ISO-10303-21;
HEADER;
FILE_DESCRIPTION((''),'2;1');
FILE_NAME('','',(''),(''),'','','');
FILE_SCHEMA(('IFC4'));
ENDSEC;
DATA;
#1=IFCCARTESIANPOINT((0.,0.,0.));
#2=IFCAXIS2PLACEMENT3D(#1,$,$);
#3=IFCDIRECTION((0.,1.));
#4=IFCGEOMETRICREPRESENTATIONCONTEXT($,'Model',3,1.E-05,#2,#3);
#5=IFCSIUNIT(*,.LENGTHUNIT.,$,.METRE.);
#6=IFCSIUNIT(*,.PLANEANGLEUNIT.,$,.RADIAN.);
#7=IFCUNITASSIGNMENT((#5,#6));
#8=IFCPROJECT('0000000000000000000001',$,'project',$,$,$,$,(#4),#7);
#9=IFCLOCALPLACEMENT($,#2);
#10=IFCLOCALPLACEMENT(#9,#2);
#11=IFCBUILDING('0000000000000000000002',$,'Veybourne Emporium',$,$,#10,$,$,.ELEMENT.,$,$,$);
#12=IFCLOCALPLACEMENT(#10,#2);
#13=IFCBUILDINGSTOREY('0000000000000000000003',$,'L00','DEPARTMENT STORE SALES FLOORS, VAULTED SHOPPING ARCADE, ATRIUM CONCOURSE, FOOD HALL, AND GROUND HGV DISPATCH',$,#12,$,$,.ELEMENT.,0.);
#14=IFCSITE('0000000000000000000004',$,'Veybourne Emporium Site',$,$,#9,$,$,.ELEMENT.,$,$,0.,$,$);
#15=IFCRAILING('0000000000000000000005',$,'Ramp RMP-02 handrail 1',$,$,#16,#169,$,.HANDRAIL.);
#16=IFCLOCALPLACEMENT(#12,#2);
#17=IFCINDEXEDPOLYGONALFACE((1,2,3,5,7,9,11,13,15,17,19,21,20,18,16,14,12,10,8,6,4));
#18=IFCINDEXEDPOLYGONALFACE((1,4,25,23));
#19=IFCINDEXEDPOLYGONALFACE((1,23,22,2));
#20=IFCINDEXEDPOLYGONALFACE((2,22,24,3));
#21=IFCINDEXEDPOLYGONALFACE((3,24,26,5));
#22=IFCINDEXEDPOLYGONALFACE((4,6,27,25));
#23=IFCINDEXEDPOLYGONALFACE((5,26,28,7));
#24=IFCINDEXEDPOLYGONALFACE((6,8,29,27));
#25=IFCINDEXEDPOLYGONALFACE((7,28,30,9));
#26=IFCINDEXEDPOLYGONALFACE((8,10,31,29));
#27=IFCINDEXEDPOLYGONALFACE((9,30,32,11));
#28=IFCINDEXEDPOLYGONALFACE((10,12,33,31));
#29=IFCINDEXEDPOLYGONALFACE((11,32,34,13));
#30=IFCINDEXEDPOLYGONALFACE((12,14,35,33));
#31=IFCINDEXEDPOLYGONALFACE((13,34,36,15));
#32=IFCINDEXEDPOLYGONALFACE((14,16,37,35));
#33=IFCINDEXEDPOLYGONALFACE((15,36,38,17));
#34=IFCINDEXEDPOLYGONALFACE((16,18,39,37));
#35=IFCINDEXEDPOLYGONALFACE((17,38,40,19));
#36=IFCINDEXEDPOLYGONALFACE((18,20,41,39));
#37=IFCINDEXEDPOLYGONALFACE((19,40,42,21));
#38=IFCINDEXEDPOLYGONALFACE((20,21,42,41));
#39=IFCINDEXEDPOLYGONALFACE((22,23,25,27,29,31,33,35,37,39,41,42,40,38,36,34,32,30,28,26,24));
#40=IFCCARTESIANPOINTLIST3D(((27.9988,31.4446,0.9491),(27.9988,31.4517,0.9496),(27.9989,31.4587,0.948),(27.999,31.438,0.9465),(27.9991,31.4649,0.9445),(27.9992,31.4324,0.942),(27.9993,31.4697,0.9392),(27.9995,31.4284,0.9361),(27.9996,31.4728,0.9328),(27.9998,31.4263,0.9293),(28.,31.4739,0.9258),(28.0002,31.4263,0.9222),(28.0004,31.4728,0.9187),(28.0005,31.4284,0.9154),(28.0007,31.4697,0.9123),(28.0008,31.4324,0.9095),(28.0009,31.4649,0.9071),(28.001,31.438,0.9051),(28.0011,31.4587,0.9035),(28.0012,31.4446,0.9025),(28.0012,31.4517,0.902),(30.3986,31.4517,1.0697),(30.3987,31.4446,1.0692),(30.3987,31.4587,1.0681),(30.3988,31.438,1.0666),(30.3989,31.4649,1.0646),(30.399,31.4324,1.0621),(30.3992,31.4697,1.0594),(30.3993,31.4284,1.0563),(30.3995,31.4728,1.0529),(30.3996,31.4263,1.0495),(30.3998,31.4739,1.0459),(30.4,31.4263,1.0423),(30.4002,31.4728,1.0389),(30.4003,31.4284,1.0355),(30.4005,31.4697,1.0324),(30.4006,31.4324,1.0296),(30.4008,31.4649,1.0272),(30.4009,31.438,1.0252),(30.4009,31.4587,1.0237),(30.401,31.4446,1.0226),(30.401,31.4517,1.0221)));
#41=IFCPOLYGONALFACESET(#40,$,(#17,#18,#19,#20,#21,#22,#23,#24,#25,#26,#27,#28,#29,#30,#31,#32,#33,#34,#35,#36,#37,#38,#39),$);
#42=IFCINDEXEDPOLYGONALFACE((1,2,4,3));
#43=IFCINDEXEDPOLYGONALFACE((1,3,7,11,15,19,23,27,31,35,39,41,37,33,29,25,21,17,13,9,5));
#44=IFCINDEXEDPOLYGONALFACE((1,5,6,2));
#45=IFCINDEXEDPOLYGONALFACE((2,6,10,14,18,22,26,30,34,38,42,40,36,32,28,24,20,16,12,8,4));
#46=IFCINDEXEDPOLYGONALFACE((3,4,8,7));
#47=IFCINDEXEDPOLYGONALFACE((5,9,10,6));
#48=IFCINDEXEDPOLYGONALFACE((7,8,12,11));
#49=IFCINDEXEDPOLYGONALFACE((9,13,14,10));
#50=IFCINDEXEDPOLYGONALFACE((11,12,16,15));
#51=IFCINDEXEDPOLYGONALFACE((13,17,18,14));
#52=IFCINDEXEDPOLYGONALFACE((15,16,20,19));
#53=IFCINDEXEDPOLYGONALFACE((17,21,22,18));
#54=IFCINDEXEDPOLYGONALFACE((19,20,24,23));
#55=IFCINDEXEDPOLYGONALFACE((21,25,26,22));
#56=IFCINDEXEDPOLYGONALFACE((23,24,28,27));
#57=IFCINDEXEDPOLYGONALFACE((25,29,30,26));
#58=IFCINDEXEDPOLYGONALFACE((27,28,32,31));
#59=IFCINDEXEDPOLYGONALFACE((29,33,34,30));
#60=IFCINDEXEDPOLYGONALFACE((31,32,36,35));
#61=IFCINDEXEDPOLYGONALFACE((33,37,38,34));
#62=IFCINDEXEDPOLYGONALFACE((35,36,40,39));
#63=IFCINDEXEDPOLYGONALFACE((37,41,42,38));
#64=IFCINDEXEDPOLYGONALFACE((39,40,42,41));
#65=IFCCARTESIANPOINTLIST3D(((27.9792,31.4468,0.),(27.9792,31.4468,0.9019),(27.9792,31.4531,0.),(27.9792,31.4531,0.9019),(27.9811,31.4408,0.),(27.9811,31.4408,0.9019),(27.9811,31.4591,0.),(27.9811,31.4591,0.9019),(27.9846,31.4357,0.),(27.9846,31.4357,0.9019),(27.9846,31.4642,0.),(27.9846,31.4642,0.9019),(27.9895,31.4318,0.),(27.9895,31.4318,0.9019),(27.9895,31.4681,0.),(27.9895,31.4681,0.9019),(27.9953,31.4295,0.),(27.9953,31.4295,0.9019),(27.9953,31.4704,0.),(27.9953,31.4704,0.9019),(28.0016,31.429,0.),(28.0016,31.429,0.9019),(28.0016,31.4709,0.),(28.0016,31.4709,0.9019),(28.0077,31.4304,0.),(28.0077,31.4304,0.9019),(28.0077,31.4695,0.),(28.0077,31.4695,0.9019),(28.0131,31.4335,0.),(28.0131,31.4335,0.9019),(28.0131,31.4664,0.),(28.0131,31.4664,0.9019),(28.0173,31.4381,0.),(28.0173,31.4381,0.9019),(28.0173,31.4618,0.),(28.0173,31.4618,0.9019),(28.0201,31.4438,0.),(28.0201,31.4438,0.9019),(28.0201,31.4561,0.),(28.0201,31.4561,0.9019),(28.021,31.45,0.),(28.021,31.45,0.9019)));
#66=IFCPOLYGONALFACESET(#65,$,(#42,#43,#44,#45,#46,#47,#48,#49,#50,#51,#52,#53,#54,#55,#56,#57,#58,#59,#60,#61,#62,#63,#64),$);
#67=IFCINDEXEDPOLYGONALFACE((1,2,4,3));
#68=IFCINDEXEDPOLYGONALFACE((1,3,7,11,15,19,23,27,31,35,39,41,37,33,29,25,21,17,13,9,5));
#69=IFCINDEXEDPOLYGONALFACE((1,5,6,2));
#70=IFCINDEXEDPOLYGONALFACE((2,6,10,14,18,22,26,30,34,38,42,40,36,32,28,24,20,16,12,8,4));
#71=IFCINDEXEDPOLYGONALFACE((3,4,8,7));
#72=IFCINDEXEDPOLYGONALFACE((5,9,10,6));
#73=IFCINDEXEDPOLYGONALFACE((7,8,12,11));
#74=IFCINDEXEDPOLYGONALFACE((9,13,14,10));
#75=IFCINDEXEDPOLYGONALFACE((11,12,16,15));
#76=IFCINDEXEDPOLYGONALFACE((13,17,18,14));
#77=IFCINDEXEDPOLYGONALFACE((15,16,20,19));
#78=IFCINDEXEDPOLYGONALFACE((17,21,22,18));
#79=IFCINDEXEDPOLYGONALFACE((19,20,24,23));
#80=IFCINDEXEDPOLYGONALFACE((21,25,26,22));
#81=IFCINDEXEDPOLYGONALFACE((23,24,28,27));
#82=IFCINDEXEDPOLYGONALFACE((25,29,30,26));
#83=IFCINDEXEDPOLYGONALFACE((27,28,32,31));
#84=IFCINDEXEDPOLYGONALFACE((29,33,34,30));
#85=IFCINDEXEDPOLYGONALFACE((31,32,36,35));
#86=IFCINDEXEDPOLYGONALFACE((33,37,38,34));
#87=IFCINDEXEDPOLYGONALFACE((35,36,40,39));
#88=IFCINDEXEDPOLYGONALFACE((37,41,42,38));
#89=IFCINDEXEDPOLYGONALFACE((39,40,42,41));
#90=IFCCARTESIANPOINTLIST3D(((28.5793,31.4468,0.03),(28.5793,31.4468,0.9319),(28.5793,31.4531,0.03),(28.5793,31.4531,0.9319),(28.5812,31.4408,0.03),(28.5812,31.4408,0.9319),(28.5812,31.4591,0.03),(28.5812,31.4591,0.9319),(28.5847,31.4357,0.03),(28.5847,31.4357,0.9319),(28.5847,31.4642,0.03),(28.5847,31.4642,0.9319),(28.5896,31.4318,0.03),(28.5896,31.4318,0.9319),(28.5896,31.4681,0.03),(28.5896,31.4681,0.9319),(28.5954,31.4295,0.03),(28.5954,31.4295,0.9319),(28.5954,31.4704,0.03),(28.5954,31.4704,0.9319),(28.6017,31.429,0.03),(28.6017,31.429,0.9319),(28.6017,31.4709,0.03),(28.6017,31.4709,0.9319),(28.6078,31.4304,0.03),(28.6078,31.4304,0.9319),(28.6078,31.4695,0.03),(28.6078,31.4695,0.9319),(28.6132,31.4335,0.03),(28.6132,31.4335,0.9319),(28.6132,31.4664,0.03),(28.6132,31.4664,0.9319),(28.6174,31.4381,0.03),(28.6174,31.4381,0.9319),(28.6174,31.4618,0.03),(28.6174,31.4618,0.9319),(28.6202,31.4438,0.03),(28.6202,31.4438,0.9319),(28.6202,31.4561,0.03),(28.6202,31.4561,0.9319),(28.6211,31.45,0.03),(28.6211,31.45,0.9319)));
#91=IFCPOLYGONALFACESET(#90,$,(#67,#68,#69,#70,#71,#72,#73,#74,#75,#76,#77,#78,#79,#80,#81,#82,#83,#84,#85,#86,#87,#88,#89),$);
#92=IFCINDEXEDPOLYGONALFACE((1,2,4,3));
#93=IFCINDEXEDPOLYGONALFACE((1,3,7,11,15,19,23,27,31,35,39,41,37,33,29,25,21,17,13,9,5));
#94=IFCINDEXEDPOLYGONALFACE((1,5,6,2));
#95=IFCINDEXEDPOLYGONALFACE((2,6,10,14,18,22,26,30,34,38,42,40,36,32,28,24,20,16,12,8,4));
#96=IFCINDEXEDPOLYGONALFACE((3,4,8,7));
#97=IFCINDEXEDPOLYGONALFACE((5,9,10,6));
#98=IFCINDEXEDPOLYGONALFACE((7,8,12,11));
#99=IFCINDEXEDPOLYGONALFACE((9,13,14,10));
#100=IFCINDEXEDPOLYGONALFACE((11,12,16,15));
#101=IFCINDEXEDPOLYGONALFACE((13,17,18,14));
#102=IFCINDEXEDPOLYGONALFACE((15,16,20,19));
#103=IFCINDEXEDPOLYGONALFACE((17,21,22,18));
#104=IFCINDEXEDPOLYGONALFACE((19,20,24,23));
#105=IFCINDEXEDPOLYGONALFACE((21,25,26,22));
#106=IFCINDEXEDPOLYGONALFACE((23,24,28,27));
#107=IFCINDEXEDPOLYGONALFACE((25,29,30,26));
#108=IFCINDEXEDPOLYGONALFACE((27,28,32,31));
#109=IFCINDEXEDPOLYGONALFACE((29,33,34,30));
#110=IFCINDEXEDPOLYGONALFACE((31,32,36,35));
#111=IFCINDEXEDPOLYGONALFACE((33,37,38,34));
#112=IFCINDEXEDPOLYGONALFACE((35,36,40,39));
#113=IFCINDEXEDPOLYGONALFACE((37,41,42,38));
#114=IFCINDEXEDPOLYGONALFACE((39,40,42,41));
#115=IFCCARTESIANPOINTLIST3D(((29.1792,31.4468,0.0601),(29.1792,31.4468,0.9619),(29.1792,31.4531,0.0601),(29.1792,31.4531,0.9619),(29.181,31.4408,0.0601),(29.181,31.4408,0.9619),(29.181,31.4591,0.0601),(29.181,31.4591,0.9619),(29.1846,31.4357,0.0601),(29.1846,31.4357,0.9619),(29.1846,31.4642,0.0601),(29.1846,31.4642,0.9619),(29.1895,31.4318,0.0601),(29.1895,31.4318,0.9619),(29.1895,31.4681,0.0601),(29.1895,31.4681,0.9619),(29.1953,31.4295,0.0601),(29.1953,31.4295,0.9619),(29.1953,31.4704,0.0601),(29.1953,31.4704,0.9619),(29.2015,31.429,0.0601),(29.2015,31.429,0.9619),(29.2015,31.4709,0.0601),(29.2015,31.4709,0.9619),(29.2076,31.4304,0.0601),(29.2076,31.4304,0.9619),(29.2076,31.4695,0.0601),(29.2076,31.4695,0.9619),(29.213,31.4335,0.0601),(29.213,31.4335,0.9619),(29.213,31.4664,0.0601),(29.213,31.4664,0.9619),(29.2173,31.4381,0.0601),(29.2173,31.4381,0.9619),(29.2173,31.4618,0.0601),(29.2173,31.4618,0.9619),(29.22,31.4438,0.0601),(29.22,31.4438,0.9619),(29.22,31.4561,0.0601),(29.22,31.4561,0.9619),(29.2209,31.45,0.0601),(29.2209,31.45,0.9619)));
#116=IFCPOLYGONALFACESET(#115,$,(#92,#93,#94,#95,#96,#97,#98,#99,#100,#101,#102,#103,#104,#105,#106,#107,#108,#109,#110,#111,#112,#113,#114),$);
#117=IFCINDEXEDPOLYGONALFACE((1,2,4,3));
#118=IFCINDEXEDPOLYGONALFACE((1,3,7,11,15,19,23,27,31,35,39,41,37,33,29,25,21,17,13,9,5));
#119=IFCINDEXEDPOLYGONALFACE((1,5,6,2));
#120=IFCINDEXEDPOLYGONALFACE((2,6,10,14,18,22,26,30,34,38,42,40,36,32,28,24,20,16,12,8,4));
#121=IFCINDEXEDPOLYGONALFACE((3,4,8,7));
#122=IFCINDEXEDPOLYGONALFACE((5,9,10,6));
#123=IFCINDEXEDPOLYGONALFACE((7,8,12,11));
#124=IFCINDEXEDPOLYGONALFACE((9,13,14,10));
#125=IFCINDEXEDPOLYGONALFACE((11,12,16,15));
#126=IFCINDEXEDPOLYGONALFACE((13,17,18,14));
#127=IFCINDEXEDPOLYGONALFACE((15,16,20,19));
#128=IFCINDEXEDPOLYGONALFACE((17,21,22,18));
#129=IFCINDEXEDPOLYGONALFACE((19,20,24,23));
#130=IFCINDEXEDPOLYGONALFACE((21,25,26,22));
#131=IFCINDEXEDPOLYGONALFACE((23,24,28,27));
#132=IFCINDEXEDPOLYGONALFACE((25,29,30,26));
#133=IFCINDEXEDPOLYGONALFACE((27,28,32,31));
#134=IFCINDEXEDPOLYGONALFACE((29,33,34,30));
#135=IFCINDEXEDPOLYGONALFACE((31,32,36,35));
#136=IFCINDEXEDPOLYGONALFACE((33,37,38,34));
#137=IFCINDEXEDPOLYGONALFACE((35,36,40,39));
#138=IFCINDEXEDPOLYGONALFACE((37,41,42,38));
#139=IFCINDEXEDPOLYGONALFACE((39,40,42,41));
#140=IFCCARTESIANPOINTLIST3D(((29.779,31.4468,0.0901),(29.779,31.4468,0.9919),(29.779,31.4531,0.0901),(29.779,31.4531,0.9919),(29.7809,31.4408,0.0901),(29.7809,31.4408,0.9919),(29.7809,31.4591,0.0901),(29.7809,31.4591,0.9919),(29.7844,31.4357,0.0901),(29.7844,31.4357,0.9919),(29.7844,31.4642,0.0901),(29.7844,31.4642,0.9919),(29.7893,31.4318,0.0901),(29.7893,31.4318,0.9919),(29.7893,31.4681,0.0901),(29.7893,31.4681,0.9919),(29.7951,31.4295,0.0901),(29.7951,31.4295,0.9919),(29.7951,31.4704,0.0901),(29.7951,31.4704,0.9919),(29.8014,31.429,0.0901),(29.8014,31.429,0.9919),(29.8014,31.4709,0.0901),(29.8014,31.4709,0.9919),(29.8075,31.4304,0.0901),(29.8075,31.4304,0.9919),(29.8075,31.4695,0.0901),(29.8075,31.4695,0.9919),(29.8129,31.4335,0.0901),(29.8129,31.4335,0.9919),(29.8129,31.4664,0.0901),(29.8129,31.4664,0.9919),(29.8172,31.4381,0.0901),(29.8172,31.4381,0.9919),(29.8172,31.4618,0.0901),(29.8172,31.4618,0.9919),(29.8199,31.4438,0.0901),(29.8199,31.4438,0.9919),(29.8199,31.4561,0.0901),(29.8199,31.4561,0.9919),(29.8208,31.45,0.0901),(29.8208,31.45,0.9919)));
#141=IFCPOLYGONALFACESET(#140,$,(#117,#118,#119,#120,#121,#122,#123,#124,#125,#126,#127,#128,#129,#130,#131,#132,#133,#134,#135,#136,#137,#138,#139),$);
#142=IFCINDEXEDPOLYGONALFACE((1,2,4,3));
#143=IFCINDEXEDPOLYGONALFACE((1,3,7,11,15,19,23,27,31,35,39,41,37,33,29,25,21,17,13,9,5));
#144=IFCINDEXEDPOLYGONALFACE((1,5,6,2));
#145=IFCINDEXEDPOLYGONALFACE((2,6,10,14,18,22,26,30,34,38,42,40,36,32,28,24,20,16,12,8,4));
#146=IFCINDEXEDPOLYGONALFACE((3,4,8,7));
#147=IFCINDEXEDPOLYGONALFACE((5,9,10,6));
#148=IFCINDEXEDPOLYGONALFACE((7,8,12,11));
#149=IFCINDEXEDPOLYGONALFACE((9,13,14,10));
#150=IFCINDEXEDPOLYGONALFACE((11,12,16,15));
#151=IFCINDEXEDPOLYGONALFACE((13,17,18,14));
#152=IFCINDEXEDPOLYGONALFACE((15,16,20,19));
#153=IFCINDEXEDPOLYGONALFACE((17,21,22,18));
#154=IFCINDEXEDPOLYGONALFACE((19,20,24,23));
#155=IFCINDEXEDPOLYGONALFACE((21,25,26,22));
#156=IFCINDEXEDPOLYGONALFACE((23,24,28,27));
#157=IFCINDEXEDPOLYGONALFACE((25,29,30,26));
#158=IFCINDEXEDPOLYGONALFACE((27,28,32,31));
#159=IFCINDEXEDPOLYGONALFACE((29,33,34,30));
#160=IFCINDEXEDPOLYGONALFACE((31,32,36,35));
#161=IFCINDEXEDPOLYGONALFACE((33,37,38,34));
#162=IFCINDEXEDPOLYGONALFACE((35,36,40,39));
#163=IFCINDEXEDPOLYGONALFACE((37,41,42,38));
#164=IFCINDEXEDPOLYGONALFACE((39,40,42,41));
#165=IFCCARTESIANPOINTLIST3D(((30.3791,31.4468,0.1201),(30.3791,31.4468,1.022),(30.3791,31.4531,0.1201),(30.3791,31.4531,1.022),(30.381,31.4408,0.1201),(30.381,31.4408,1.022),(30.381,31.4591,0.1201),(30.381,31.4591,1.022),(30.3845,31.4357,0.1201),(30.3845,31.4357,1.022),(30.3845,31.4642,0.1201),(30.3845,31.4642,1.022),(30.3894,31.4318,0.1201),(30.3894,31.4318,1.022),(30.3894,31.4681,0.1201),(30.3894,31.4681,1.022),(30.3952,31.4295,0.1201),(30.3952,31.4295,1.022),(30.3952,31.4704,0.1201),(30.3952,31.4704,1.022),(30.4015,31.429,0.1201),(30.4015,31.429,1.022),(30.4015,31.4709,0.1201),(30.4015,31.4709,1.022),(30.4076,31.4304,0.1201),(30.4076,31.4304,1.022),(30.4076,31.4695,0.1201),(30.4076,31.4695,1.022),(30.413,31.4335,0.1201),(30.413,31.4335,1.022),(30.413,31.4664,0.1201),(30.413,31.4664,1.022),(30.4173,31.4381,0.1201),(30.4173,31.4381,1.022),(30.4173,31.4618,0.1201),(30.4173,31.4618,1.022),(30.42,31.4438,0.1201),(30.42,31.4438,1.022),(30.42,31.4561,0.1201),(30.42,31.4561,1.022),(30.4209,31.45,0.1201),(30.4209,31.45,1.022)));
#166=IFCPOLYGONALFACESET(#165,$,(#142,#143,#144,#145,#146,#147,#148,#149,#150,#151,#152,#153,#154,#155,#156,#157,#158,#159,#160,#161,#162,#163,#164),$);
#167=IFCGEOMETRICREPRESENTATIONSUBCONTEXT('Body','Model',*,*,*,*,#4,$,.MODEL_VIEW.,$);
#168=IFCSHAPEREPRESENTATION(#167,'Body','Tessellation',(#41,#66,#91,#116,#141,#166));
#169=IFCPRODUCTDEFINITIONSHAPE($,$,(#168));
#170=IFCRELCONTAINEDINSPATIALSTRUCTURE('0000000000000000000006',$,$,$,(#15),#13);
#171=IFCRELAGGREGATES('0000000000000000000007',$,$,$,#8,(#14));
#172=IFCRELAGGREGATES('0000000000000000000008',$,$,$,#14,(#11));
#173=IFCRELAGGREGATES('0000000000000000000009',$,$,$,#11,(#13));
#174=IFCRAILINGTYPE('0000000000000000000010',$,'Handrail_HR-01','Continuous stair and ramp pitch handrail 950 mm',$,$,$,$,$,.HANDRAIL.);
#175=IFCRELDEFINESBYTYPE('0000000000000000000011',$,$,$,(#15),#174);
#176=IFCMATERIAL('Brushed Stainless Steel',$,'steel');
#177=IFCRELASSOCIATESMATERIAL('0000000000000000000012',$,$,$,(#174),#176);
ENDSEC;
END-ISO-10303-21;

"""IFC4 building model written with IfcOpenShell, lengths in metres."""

from ifc_helpers import new_model, si_unit, direction, frame, origin, origin_2d, place, context, subcontext, project, spatial, circle, extrude, material, type_object, element, save


model = new_model("IFC4")

# Units and contexts
model_context = context("Model", 3, precision=1e-05, world=origin(), true_north=direction((0.0, 1.0)))
body_context = subcontext(model_context, "Body", "Model", "MODEL_VIEW")
ifc_project = project(units=[si_unit("LENGTHUNIT", "METRE"), si_unit("PLANEANGLEUNIT", "RADIAN")], contexts=[model_context])

# Site, building, storey
site_placement = place(None, origin())
site = spatial("IfcSite", under=ifc_project, at=site_placement, Name="Veybourne Emporium Site", CompositionType="ELEMENT", RefElevation=0.0)
building_placement = place(site_placement, origin())
building = spatial("IfcBuilding", under=site, at=building_placement, Name="Veybourne Emporium", CompositionType="ELEMENT")
storey_placement = place(building_placement, origin())
storey = spatial("IfcBuildingStorey", under=building, at=storey_placement, Name="L00", Description="DEPARTMENT STORE SALES FLOORS, VAULTED SHOPPING ARCADE, ATRIUM CONCOURSE, FOOD HALL, AND GROUND HGV DISPATCH", CompositionType="ELEMENT", Elevation=0.0)

# Railing
ifc_material_1 = material(Name="Brushed Stainless Steel", Category="steel")
railing_type = type_object("IfcRailingType", Name="Handrail_HR-01", Description="Continuous stair and ramp pitch handrail 950 mm", PredefinedType="HANDRAIL", material=ifc_material_1)
for number, where, name in (
    (1, (28.0, 31.45, 0.0), "Ramp RMP-02 handrail 1"),
):
    element("IfcRailing", number, at=place(storey_placement, frame(where)), inside=storey, type_object=railing_type, Name=name, PredefinedType="HANDRAIL", context=body_context, shape_type="SweptSolid", body=[
        extrude(circle(Radius=0.0239, at=origin_2d()), frame((0.0, 0.0, 0.9258), z_axis=(0.99875, 0.0, 0.049988), x_axis=(0.0, 1.0, 0.0)), (0.0, 0.0, 1.0), 2.4028),
        extrude(circle(Radius=0.021, at=origin_2d()), origin(), (0.0, 0.0, 1.0), 0.9019),
        extrude(circle(Radius=0.021, at=origin_2d()), frame((0.6001, 0.0, 0.03)), (0.0, 0.0, 1.0), 0.9019),
        extrude(circle(Radius=0.021, at=origin_2d()), frame((1.2, 0.0, 0.0601)), (0.0, 0.0, 1.0), 0.9019),
        extrude(circle(Radius=0.021, at=origin_2d()), frame((1.7998, 0.0, 0.0901)), (0.0, 0.0, 1.0), 0.9019),
        extrude(circle(Radius=0.021, at=origin_2d()), frame((2.3999, 0.0, 0.1201)), (0.0, 0.0, 1.0), 0.9019),
    ])

save(model, "model.ifc")
